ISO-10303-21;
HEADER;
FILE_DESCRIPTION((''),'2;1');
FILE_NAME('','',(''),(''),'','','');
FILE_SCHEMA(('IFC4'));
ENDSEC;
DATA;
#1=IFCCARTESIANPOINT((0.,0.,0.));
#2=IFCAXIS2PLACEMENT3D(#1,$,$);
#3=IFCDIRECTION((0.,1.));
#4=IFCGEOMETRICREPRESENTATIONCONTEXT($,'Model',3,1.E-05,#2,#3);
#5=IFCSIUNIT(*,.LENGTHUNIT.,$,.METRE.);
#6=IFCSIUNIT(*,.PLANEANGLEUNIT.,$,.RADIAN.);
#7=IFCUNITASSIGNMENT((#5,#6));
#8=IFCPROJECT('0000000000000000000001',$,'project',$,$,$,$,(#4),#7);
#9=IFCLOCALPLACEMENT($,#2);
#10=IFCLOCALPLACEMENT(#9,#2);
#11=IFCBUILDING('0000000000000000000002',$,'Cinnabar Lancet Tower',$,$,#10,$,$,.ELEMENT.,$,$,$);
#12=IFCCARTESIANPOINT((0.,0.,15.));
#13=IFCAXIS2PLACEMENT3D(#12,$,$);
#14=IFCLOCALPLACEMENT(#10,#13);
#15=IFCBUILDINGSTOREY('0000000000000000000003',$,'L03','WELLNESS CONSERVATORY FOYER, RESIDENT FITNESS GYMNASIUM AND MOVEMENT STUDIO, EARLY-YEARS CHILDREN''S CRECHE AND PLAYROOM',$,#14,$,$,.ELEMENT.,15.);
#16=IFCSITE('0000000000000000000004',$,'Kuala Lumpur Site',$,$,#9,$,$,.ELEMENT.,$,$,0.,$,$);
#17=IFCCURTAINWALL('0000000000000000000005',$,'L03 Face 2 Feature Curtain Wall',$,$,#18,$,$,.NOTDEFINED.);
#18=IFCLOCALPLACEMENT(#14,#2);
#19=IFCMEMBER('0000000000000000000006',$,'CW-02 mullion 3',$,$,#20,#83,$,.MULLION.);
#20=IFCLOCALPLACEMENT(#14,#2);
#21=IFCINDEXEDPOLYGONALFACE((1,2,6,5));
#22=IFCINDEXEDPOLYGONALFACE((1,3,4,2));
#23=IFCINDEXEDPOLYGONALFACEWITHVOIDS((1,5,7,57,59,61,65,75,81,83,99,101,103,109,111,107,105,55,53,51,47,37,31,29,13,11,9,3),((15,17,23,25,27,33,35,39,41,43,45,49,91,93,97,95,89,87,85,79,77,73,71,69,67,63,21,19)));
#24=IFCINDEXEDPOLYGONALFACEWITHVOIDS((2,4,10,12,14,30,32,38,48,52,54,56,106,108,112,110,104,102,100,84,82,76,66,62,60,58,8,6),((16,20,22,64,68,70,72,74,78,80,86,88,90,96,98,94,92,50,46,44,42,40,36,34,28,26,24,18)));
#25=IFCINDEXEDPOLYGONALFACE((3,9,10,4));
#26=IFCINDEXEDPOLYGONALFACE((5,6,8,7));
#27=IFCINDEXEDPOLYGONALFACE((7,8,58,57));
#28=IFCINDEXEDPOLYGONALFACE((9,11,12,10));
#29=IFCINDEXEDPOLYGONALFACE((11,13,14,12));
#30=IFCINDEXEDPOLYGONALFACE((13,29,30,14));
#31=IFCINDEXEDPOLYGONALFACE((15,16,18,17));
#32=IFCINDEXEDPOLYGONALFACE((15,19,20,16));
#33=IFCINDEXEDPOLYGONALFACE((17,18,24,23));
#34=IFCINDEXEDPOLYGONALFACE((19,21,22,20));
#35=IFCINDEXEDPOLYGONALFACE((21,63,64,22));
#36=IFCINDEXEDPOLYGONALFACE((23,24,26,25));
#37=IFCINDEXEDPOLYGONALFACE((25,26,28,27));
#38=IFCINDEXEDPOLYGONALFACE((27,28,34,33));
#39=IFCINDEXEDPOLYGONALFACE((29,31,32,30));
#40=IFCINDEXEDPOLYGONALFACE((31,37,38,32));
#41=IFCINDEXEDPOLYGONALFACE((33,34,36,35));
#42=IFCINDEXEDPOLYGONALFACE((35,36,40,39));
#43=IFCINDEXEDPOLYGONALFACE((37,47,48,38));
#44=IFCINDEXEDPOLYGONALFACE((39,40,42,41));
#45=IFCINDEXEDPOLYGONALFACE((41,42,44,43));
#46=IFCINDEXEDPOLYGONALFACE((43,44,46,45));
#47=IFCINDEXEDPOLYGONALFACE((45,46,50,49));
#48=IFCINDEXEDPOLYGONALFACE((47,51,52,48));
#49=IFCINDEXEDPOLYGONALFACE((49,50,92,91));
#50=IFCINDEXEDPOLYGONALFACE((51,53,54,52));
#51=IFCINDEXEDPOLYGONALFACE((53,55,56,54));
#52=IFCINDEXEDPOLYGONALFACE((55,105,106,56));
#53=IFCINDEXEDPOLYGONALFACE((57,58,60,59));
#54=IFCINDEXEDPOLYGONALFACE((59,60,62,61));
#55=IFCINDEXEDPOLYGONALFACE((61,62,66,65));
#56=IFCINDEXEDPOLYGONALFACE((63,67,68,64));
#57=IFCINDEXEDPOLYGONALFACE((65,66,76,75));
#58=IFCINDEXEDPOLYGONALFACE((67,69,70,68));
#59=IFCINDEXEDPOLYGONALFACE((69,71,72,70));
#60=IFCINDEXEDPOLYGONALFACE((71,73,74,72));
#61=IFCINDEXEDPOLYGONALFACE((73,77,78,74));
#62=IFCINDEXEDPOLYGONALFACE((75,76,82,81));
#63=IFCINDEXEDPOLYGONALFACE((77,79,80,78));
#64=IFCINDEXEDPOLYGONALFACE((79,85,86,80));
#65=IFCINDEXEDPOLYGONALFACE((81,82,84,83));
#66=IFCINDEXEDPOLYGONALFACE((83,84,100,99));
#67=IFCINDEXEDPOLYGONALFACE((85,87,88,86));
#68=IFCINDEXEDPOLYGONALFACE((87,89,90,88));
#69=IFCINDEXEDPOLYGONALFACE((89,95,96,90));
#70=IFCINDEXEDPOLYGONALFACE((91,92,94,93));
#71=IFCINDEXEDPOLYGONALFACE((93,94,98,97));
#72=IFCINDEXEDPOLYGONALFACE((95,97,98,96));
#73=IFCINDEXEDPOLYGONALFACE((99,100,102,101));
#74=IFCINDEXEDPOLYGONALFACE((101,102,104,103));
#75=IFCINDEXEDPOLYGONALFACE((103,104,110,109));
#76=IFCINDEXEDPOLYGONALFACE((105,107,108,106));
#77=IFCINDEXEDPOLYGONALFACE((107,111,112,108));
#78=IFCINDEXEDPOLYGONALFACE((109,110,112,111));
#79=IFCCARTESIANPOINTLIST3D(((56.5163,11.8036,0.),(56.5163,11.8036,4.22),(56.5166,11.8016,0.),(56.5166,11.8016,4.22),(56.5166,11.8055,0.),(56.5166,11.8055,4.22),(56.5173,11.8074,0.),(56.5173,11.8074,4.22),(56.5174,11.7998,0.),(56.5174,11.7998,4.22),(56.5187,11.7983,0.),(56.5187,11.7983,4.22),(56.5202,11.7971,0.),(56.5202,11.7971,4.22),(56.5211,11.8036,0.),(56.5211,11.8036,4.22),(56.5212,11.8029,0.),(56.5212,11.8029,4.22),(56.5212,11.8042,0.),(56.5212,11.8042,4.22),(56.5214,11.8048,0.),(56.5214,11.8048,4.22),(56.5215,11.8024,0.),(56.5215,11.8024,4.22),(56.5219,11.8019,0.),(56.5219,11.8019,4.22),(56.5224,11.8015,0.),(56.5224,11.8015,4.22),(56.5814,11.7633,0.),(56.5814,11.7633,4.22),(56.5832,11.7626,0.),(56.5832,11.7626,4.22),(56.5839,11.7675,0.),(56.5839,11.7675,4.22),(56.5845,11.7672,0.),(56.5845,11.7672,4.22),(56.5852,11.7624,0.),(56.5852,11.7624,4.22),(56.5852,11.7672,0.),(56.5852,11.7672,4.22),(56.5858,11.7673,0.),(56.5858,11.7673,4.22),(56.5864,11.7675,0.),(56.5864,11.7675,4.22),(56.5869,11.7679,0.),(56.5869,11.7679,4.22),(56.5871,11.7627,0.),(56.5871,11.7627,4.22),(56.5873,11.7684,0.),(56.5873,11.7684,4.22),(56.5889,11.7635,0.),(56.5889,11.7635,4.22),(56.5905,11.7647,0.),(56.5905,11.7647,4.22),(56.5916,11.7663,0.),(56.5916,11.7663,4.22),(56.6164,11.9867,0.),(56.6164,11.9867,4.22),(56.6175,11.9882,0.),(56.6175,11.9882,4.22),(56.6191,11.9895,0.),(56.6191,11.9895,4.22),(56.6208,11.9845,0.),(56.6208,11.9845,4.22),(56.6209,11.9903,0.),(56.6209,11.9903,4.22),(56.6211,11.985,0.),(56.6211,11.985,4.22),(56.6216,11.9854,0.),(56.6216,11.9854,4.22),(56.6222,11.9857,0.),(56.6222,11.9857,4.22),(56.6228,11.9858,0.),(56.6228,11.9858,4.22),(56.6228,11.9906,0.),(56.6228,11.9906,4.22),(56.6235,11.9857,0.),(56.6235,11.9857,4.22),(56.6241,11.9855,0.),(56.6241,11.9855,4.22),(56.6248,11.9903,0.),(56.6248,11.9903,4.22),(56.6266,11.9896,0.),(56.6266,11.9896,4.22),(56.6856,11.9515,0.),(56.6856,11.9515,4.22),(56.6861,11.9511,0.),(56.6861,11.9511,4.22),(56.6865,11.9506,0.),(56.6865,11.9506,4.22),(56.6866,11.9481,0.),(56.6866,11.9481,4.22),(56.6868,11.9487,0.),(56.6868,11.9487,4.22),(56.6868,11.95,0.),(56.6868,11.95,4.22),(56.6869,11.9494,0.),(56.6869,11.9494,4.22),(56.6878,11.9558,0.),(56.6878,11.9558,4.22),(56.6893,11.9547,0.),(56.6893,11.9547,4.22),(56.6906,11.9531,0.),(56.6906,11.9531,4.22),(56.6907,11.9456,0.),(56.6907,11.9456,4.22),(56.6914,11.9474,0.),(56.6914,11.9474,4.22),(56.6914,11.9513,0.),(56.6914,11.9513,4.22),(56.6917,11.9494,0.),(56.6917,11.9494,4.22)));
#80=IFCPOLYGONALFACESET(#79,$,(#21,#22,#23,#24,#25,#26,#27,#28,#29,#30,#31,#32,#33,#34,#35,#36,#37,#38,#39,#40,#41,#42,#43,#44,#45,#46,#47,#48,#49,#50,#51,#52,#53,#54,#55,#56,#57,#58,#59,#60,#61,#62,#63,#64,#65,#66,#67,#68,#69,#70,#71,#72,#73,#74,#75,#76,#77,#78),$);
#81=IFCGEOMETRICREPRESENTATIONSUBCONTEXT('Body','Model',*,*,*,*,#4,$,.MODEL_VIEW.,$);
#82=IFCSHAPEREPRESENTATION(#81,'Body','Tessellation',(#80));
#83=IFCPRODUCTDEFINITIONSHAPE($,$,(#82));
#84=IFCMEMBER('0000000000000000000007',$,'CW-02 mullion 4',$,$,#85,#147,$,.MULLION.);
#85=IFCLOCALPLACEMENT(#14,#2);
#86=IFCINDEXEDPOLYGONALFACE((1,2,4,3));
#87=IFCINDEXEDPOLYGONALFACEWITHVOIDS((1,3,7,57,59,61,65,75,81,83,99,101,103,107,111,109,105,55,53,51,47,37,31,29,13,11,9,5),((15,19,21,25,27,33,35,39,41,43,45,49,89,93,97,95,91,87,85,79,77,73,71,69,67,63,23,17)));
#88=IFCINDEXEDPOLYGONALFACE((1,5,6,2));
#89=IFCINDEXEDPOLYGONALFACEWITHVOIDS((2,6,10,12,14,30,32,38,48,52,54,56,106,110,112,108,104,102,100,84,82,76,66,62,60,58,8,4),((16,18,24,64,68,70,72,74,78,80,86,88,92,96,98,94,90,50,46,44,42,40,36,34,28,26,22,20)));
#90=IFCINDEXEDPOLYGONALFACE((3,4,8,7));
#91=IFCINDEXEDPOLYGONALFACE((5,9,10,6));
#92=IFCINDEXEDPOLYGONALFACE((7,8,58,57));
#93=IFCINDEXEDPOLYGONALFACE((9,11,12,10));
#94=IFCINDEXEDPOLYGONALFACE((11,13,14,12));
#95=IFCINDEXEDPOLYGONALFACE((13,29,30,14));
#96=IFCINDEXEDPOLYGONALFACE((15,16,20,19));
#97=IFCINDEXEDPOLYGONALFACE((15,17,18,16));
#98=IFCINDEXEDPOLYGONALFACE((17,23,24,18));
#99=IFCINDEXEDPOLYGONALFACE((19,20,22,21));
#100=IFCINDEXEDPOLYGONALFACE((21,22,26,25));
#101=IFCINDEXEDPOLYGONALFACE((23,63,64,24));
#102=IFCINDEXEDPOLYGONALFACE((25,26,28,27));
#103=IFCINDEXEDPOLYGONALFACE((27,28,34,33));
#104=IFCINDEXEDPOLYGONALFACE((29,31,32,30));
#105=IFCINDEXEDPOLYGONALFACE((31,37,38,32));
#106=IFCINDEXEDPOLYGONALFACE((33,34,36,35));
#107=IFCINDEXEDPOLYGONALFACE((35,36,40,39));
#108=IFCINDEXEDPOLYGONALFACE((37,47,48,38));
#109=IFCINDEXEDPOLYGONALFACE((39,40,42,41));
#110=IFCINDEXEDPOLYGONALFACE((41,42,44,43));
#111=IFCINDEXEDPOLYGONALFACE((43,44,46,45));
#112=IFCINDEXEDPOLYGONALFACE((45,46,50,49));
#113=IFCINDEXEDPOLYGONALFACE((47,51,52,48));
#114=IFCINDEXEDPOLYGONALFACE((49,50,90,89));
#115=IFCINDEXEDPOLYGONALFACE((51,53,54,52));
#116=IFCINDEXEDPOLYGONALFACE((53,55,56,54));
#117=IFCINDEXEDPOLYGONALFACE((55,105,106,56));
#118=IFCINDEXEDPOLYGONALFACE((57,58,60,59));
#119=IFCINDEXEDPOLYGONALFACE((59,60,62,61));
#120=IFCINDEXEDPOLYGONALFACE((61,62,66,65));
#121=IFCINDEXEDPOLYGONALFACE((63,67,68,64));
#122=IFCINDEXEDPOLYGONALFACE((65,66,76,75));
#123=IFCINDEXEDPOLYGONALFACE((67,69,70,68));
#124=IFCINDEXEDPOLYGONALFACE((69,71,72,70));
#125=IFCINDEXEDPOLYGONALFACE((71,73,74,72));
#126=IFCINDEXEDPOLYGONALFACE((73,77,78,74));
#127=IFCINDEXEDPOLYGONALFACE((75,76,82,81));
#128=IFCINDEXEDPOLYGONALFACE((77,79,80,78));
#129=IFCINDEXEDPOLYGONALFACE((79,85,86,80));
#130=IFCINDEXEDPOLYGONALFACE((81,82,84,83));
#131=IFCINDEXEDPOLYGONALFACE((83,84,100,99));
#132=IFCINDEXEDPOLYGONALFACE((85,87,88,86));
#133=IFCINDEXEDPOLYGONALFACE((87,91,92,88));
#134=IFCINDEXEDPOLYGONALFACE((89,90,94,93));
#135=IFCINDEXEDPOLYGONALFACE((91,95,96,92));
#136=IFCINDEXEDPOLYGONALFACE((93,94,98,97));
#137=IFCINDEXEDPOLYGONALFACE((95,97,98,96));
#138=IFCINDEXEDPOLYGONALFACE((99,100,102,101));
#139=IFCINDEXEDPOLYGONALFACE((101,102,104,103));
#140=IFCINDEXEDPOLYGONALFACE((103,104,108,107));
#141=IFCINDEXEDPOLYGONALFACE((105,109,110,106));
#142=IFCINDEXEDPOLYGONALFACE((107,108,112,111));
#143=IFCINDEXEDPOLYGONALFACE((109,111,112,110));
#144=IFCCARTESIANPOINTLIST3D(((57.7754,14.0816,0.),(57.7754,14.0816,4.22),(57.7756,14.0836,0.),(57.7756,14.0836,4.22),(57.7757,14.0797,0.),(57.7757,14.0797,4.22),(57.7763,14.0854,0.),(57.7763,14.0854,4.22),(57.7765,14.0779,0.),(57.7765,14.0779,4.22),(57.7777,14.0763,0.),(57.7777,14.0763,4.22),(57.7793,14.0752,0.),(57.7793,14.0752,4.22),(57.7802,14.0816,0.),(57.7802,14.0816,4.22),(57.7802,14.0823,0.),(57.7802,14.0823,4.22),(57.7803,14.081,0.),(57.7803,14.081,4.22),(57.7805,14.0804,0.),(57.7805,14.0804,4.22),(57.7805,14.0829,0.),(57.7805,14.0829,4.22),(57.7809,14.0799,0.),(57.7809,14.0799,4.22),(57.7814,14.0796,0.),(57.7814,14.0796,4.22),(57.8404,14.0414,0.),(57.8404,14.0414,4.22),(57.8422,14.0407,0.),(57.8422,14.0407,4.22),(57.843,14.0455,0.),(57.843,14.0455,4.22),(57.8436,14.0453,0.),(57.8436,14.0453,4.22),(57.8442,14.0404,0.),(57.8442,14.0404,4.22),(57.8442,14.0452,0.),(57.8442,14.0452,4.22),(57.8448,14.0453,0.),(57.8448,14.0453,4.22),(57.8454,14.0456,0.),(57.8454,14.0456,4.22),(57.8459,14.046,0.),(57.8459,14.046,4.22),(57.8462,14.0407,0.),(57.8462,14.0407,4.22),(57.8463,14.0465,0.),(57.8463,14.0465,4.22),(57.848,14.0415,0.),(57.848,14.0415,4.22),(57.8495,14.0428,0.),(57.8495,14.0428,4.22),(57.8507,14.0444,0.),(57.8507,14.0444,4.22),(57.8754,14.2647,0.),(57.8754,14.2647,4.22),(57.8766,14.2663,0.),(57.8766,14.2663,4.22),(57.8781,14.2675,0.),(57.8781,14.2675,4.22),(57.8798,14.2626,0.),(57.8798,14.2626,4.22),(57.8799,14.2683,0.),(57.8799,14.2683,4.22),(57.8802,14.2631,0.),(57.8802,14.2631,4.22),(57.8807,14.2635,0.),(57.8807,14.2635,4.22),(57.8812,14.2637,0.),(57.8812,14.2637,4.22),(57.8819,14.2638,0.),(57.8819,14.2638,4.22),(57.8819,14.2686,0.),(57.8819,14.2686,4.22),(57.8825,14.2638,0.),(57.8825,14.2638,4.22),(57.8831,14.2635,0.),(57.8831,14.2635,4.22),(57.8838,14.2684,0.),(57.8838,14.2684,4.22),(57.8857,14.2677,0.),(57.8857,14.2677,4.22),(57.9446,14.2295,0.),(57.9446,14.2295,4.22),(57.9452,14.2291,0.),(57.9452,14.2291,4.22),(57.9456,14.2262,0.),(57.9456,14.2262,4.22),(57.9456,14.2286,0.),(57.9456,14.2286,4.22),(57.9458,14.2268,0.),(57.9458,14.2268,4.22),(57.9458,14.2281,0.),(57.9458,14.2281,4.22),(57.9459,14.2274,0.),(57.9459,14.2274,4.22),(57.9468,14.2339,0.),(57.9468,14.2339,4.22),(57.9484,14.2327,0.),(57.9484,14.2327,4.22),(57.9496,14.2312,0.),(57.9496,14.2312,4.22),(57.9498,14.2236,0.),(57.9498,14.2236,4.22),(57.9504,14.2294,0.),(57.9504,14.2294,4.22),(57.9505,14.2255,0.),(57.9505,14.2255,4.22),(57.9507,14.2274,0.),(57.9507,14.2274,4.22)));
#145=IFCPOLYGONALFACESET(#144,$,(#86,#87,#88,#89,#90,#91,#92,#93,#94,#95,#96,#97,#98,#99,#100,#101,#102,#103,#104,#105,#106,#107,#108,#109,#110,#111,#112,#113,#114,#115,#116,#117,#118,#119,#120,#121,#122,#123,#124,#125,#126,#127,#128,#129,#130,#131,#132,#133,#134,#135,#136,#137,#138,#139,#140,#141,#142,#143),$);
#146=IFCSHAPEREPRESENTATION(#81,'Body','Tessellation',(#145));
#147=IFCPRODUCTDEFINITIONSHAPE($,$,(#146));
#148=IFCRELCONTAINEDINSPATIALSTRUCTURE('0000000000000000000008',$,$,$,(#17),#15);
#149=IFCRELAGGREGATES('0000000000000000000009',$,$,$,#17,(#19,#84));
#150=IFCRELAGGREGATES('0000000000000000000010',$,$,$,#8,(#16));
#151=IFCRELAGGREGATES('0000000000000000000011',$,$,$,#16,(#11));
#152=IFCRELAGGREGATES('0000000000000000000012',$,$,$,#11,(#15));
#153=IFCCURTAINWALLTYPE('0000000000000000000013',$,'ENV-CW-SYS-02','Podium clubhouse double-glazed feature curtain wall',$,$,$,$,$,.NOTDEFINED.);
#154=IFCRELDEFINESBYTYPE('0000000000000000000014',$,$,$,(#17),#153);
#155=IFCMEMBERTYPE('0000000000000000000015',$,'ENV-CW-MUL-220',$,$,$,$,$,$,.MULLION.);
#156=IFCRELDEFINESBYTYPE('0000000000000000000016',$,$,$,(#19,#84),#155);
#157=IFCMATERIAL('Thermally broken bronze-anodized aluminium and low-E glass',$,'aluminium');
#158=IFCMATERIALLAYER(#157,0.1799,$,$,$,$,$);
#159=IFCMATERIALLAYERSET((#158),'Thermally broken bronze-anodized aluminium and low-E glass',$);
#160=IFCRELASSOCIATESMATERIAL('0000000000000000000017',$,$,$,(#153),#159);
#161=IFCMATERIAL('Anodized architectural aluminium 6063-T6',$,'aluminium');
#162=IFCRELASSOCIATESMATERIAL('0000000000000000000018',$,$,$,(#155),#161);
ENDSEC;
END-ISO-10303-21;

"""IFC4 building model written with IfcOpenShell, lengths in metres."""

from ifc_helpers import new_model, si_unit, direction, frame, origin, origin_2d, place, context, subcontext, project, spatial, hollow_rectangle, extrude, material, layer, layer_set, material_profile, profile_set, type_object, element, aggregate, save


model = new_model("IFC4")

# Units and contexts
model_context = context("Model", 3, precision=1e-05, world=origin(), true_north=direction((0.0, 1.0)))
body_context = subcontext(model_context, "Body", "Model", "MODEL_VIEW")
ifc_project = project(units=[si_unit("LENGTHUNIT", "METRE"), si_unit("PLANEANGLEUNIT", "RADIAN")], contexts=[model_context])

# Site, building, storey
site_placement = place(None, origin())
site = spatial("IfcSite", under=ifc_project, at=site_placement, Name="Kuala Lumpur Site", CompositionType="ELEMENT", RefElevation=0.0)
building_placement = place(site_placement, origin())
building = spatial("IfcBuilding", under=site, at=building_placement, Name="Cinnabar Lancet Tower", CompositionType="ELEMENT")
storey_placement = place(building_placement, frame((0.0, 0.0, 15.0)))
storey = spatial("IfcBuildingStorey", under=building, at=storey_placement, Name="L03", Description="WELLNESS CONSERVATORY FOYER, RESIDENT FITNESS GYMNASIUM AND MOVEMENT STUDIO, EARLY-YEARS CHILDREN'S CRECHE AND PLAYROOM", CompositionType="ELEMENT", Elevation=15.0)

# Curtain wall, members
ifc_material_1 = material(Name="Thermally broken bronze-anodized aluminium and low-E glass", Category="aluminium")
ifc_layer_1 = layer(ifc_material_1, 0.1799)
ifc_layer_set_1 = layer_set([ifc_layer_1], Name="Thermally broken bronze-anodized aluminium and low-E glass")
curtain_wall_type = type_object("IfcCurtainWallType", Name="ENV-CW-SYS-02", Description="Podium clubhouse double-glazed feature curtain wall", PredefinedType="NOTDEFINED", material=ifc_layer_set_1)
curtain_wall_placement = place(storey_placement, origin())
curtain_wall = element("IfcCurtainWall", 1, at=curtain_wall_placement, inside=storey, type_object=curtain_wall_type, Name="L03 Face 2 Feature Curtain Wall", PredefinedType="NOTDEFINED")
ifc_material_2 = material(Name="Anodized architectural aluminium 6063-T6", Category="aluminium")
ifc_material_profile_1 = material_profile(ifc_material_2, hollow_rectangle(XDim=0.085, YDim=0.22, WallThickness=0.0049, InnerFilletRadius=0.0024, OuterFilletRadius=0.0076, at=origin_2d()), Name="CW-MUL 220x85x5")
ifc_profile_set_1 = profile_set([ifc_material_profile_1], Name="Anodized architectural aluminium 6063-T6")
member_type_1 = type_object("IfcMemberType", Name="ENV-CW-MUL-220", PredefinedType="MULLION", material=ifc_profile_set_1)
member_1_placement = place(storey_placement, frame((56.604, 11.8765, 0.0), z_axis=(0.0, 0.0, 1.0), x_axis=(-0.875242, 0.483685, 0.0)))
member_1 = element("IfcMember", 2, at=member_1_placement, type_object=member_type_1, Name="CW-02 mullion 3", PredefinedType="MULLION", context=body_context, shape_type="SweptSolid", body=[
    extrude(hollow_rectangle(XDim=0.085, YDim=0.22, WallThickness=0.0049, InnerFilletRadius=0.0024, OuterFilletRadius=0.0076, at=origin_2d()), origin(), (0.0, 0.0, 1.0), 4.22),
])
member_2_placement = place(storey_placement, frame((57.863, 14.1545, 0.0), z_axis=(0.0, 0.0, 1.0), x_axis=(-0.875242, 0.483685, 0.0)))
member_2 = element("IfcMember", 3, at=member_2_placement, type_object=member_type_1, Name="CW-02 mullion 4", PredefinedType="MULLION", context=body_context, shape_type="SweptSolid", body=[
    extrude(hollow_rectangle(XDim=0.085, YDim=0.22, WallThickness=0.0049, InnerFilletRadius=0.0024, OuterFilletRadius=0.0076, at=origin_2d()), origin(), (0.0, 0.0, 1.0), 4.22),
])
aggregate(curtain_wall, [member_1, member_2])

save(model, "model.ifc")
